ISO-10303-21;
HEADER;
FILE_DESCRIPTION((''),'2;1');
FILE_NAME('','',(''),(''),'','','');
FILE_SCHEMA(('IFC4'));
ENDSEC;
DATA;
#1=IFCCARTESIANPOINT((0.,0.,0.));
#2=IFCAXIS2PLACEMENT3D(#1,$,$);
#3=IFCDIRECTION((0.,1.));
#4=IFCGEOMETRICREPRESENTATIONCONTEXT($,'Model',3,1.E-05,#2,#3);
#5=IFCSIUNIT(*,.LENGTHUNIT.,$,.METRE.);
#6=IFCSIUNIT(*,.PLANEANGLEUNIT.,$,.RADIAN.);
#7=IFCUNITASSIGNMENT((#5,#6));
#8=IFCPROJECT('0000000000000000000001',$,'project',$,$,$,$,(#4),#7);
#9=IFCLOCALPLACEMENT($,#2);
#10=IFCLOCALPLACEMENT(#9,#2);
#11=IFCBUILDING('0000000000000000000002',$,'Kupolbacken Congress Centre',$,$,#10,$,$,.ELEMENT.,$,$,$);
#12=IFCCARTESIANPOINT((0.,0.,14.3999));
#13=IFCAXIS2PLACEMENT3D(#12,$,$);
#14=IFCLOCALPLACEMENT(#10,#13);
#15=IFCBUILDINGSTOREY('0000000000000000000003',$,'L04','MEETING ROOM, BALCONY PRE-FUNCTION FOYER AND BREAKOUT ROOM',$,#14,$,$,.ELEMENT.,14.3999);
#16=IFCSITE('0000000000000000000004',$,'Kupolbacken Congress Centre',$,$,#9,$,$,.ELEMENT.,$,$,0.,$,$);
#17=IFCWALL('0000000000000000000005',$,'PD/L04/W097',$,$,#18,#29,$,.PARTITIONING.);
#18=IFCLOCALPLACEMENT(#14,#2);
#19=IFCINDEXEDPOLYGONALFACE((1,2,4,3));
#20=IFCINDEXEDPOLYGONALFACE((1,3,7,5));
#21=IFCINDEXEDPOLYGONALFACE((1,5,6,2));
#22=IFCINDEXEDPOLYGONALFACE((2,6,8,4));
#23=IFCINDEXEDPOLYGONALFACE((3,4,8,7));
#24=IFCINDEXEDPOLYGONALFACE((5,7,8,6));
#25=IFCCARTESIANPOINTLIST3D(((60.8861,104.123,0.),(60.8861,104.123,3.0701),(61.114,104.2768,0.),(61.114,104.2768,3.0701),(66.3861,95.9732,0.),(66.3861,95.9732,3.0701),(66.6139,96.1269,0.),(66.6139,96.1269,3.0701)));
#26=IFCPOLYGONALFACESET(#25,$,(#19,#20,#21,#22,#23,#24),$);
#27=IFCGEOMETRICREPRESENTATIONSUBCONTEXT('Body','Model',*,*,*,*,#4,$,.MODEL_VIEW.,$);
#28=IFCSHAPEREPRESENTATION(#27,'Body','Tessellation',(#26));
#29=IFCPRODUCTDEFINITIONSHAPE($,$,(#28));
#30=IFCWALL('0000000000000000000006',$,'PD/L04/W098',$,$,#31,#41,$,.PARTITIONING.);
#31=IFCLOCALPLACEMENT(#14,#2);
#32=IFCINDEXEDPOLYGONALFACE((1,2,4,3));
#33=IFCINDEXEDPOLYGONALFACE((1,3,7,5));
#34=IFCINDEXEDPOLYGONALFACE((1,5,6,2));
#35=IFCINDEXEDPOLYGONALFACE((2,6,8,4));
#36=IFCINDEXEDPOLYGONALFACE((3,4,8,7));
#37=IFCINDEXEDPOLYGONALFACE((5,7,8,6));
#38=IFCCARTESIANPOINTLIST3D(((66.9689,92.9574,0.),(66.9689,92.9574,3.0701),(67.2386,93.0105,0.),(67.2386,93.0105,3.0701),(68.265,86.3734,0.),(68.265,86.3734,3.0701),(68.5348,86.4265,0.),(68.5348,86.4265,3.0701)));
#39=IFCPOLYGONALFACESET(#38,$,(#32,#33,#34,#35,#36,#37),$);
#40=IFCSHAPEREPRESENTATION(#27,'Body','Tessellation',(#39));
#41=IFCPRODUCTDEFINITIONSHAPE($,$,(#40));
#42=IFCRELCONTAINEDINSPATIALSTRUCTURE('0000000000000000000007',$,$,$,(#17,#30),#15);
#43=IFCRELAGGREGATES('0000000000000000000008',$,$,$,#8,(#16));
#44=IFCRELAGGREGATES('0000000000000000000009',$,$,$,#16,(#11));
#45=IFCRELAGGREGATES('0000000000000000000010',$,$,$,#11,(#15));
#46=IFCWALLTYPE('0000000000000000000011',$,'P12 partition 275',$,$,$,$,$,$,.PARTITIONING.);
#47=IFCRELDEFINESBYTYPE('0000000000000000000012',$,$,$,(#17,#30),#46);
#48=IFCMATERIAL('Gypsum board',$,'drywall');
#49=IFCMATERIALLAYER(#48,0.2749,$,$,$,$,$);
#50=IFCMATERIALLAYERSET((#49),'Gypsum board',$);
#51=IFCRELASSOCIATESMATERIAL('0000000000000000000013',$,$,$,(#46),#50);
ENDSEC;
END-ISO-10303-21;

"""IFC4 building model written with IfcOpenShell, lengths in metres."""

from ifc_helpers import new_model, si_unit, direction, frame, frame_2d, origin, place, context, subcontext, project, spatial, rectangle, extrude, material, layer, layer_set, type_object, element, save


model = new_model("IFC4")

# Units and contexts
model_context = context("Model", 3, precision=1e-05, world=origin(), true_north=direction((0.0, 1.0)))
body_context = subcontext(model_context, "Body", "Model", "MODEL_VIEW")
ifc_project = project(units=[si_unit("LENGTHUNIT", "METRE"), si_unit("PLANEANGLEUNIT", "RADIAN")], contexts=[model_context])

# Site, building, storey
site_placement = place(None, origin())
site = spatial("IfcSite", under=ifc_project, at=site_placement, Name="Kupolbacken Congress Centre", CompositionType="ELEMENT", RefElevation=0.0)
building_placement = place(site_placement, origin())
building = spatial("IfcBuilding", under=site, at=building_placement, Name="Kupolbacken Congress Centre", CompositionType="ELEMENT")
storey_placement = place(building_placement, frame((0.0, 0.0, 14.3999)))
storey = spatial("IfcBuildingStorey", under=building, at=storey_placement, Name="L04", Description="MEETING ROOM, BALCONY PRE-FUNCTION FOYER AND BREAKOUT ROOM", CompositionType="ELEMENT", Elevation=14.3999)

# Walls
ifc_material_1 = material(Name="Gypsum board", Category="drywall")
ifc_layer_1 = layer(ifc_material_1, 0.2749)
ifc_layer_set_1 = layer_set([ifc_layer_1], Name="Gypsum board")
wall_type_1 = type_object("IfcWallType", Name="P12 partition 275", PredefinedType="PARTITIONING", material=ifc_layer_set_1)
wall_1_placement = place(storey_placement, frame((66.5, 96.05, 0.0), z_axis=(0.0, 0.0, 1.0), x_axis=(-0.55939, 0.828905, 0.0)))
element("IfcWall", 1, at=wall_1_placement, inside=storey, type_object=wall_type_1, Name="PD/L04/W097", PredefinedType="PARTITIONING", context=body_context, shape_type="SweptSolid", body=[
    extrude(rectangle(XDim=9.832, YDim=0.2749, at=frame_2d((4.916, 0.0))), origin(), (0.0, 0.0, 1.0), 3.0701),
])
wall_2_placement = place(storey_placement, frame((68.3999, 86.3999, 0.0), z_axis=(0.0, 0.0, 1.0), x_axis=(-0.193156, 0.981168, 0.0)))
element("IfcWall", 2, at=wall_2_placement, inside=storey, type_object=wall_type_1, Name="PD/L04/W098", PredefinedType="PARTITIONING", context=body_context, shape_type="SweptSolid", body=[
    extrude(rectangle(XDim=6.7104, YDim=0.2749, at=frame_2d((3.3552, 0.0))), origin(), (0.0, 0.0, 1.0), 3.0701),
])

save(model, "model.ifc")
